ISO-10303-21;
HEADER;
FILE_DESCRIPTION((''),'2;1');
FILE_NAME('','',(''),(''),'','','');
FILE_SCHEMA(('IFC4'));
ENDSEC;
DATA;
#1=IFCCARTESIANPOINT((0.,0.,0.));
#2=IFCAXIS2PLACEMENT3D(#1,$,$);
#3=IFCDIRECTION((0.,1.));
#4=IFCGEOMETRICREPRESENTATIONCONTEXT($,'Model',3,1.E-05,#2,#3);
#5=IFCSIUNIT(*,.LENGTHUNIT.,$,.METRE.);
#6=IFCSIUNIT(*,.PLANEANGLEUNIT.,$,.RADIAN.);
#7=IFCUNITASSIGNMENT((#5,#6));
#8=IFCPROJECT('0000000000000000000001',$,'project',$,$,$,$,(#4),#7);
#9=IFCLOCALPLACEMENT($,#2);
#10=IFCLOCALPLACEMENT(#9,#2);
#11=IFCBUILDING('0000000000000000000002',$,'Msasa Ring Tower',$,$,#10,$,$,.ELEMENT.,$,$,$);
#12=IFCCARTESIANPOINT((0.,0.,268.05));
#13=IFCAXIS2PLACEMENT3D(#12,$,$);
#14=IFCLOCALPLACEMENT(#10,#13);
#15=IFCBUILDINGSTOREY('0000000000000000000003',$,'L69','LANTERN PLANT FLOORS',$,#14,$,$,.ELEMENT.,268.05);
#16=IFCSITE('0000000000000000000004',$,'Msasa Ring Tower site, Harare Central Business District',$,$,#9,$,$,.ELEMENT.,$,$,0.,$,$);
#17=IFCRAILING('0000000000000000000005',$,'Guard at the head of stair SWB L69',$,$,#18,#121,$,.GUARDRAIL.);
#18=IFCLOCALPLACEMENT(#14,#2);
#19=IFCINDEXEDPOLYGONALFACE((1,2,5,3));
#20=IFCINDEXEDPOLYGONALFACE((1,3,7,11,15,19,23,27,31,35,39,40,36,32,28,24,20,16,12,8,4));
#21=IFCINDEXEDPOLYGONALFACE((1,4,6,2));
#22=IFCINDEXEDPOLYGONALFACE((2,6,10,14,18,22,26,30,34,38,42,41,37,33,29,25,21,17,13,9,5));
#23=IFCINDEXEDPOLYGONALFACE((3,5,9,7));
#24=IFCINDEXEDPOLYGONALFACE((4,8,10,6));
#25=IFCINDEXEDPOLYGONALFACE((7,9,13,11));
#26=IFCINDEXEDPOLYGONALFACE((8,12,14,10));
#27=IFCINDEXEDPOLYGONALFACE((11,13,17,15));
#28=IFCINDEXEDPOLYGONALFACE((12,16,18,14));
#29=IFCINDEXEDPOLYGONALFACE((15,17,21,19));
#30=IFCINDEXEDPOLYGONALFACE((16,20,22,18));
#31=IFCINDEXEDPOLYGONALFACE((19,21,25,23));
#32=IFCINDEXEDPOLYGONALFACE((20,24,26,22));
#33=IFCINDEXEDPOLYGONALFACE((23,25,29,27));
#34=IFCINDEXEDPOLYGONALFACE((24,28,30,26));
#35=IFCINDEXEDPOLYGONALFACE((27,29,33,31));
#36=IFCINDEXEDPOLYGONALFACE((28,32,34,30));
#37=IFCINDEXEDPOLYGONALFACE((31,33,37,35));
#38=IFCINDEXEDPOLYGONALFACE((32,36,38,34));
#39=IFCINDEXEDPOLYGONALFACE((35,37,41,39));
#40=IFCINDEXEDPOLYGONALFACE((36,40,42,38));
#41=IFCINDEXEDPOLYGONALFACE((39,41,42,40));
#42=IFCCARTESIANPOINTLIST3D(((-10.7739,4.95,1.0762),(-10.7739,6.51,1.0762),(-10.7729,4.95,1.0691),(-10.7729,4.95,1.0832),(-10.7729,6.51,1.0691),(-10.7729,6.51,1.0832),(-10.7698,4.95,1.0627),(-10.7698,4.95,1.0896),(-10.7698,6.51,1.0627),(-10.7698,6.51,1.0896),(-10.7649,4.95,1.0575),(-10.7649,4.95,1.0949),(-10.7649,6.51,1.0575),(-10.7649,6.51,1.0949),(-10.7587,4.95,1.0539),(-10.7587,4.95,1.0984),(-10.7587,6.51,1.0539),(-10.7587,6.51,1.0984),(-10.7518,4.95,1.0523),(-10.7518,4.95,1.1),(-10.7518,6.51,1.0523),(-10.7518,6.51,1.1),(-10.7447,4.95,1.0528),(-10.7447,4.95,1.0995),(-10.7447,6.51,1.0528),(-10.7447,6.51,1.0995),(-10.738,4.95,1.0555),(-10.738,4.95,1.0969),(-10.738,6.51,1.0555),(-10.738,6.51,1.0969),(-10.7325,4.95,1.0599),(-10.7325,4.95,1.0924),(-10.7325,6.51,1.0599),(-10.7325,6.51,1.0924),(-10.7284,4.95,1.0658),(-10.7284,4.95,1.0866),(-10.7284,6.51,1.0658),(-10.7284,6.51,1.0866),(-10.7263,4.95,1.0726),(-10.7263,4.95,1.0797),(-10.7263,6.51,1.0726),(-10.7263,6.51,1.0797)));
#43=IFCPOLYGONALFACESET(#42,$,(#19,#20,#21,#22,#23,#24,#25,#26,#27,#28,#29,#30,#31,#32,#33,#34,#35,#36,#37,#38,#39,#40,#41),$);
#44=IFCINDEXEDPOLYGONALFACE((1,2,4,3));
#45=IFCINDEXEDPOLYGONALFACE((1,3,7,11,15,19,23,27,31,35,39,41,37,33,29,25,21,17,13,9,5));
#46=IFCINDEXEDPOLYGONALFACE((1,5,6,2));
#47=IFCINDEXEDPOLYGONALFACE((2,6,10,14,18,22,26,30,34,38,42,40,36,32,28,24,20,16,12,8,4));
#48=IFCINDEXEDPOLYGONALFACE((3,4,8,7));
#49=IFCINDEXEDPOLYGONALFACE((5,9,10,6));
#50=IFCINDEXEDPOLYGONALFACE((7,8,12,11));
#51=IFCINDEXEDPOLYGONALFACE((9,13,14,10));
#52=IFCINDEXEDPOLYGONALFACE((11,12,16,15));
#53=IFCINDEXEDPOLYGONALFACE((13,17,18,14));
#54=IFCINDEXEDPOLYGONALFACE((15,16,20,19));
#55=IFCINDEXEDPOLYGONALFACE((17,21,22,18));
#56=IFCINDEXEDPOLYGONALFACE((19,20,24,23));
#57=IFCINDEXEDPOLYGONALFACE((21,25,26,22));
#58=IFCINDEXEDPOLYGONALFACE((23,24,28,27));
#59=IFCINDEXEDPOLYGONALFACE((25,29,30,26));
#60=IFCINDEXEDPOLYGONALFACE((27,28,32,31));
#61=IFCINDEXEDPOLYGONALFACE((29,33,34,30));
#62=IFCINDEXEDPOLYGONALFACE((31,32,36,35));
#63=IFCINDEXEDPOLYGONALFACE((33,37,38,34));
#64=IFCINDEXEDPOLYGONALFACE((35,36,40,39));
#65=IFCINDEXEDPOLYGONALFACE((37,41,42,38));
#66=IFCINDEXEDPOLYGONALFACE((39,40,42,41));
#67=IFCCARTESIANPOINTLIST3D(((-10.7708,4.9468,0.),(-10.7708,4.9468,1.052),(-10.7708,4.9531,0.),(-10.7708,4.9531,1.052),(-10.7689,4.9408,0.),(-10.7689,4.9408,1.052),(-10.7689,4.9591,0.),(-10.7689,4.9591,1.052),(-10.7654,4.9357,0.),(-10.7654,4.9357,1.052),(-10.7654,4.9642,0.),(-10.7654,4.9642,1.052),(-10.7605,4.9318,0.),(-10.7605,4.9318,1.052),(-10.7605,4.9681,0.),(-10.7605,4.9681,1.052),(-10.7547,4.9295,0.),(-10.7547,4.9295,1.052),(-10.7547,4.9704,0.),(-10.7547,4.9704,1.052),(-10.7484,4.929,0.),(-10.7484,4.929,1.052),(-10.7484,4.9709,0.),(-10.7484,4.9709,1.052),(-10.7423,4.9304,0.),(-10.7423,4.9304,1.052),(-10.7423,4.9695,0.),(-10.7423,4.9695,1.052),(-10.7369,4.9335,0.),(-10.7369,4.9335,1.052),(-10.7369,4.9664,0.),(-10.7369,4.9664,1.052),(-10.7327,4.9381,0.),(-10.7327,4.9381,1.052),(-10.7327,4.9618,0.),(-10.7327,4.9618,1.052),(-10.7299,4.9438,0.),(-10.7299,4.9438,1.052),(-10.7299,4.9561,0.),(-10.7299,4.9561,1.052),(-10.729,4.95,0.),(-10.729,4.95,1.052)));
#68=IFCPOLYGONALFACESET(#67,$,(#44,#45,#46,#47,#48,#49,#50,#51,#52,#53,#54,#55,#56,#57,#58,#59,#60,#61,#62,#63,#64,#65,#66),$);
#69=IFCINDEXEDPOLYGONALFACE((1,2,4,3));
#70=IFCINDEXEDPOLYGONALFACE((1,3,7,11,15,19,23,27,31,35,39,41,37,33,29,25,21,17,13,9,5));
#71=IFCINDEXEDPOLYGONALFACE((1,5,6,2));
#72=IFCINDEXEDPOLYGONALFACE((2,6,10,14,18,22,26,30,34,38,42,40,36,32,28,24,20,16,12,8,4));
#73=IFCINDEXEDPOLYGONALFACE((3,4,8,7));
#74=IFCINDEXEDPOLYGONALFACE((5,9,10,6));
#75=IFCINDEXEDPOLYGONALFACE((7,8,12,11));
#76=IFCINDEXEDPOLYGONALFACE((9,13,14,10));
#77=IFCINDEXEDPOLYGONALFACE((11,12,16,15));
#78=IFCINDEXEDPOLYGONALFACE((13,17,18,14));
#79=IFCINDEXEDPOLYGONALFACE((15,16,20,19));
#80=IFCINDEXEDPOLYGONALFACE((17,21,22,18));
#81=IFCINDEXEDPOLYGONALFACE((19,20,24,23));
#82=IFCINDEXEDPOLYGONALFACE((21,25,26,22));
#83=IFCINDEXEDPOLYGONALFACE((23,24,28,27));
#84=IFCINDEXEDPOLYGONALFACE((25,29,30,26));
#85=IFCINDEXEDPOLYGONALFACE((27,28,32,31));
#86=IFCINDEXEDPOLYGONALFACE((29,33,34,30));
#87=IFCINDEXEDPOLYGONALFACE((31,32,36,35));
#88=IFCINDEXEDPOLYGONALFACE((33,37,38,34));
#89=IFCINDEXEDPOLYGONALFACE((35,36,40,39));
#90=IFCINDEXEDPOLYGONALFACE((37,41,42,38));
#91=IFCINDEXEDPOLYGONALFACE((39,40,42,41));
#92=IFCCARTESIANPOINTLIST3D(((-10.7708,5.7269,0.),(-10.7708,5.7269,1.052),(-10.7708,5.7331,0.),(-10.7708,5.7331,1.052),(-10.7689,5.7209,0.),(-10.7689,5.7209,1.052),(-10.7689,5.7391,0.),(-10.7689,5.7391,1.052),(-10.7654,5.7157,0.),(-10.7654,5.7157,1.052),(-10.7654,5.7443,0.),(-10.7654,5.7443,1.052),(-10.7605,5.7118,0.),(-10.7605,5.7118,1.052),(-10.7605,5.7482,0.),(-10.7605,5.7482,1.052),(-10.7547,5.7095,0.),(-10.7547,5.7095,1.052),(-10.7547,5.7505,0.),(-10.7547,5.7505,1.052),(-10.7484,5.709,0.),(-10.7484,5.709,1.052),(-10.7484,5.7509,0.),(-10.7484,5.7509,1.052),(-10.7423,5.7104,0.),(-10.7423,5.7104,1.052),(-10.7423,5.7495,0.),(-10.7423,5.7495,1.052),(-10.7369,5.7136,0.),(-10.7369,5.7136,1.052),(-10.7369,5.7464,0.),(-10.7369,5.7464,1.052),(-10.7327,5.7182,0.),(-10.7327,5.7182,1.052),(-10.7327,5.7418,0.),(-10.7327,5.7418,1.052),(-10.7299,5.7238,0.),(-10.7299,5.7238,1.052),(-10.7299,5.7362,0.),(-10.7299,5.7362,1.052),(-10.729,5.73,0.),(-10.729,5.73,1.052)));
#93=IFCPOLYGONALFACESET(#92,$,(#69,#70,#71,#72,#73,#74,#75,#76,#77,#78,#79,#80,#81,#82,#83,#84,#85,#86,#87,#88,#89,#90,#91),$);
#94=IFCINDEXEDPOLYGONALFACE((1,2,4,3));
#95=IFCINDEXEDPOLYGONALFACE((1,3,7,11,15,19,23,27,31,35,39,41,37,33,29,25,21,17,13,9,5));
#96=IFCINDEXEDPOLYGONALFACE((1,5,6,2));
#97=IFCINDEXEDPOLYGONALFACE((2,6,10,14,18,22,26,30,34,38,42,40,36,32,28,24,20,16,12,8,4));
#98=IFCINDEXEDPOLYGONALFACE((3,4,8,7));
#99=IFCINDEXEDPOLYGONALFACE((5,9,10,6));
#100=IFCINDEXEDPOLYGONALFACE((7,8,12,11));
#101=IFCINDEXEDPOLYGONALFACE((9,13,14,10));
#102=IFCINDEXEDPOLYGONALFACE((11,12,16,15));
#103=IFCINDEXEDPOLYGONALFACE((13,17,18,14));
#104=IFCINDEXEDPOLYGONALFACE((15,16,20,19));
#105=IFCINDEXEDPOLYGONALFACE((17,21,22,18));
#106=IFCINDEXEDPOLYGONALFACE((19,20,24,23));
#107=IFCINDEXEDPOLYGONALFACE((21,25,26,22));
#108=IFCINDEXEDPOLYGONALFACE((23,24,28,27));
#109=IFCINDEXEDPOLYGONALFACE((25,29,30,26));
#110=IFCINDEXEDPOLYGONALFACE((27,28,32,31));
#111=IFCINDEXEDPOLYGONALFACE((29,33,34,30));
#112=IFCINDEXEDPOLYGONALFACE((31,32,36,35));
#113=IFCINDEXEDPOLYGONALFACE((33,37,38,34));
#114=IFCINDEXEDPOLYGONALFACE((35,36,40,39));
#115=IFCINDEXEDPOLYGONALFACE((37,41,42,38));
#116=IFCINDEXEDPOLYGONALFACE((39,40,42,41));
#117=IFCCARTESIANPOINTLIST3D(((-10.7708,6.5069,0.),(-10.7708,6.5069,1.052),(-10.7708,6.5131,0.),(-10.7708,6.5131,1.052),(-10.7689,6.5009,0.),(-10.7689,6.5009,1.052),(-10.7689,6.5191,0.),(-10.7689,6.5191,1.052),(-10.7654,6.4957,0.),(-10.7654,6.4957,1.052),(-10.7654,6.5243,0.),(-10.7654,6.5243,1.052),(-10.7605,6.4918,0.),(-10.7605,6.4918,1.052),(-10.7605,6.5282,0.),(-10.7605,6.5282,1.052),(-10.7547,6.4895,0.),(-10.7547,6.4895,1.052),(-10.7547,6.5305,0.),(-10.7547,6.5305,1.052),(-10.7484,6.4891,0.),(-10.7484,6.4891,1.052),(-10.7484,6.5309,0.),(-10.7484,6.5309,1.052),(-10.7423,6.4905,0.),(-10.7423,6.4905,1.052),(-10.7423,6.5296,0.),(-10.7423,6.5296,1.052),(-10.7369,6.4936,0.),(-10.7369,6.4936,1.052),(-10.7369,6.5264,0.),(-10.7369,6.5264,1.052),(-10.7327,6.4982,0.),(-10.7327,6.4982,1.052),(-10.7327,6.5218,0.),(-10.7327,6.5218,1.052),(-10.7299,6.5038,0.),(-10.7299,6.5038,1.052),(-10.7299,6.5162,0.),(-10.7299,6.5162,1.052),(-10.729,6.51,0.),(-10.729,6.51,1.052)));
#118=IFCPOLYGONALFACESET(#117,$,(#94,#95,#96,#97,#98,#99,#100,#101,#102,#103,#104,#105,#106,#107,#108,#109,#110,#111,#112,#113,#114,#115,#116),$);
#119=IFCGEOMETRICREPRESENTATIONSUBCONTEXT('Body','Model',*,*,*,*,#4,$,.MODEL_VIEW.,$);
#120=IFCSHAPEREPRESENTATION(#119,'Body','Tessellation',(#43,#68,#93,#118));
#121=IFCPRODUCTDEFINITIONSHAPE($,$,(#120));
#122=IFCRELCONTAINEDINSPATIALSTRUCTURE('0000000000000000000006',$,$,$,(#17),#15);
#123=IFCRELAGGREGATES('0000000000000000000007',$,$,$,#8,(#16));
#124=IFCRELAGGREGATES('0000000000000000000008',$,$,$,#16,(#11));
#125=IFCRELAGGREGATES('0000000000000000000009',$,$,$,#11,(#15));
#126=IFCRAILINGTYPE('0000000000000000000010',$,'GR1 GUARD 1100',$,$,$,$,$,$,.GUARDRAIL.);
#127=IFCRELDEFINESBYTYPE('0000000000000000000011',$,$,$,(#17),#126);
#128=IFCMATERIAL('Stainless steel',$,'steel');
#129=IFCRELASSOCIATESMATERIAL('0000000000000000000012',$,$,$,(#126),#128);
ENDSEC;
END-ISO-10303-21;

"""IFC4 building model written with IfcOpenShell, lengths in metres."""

from ifc_helpers import new_model, si_unit, direction, frame, origin, origin_2d, place, context, subcontext, project, spatial, circle, extrude, material, type_object, element, save


model = new_model("IFC4")

# Units and contexts
model_context = context("Model", 3, precision=1e-05, world=origin(), true_north=direction((0.0, 1.0)))
body_context = subcontext(model_context, "Body", "Model", "MODEL_VIEW")
ifc_project = project(units=[si_unit("LENGTHUNIT", "METRE"), si_unit("PLANEANGLEUNIT", "RADIAN")], contexts=[model_context])

# Site, building, storey
site_placement = place(None, origin())
site = spatial("IfcSite", under=ifc_project, at=site_placement, Name="Msasa Ring Tower site, Harare Central Business District", CompositionType="ELEMENT", RefElevation=0.0)
building_placement = place(site_placement, origin())
building = spatial("IfcBuilding", under=site, at=building_placement, Name="Msasa Ring Tower", CompositionType="ELEMENT")
storey_placement = place(building_placement, frame((0.0, 0.0, 268.05)))
storey = spatial("IfcBuildingStorey", under=building, at=storey_placement, Name="L69", Description="LANTERN PLANT FLOORS", CompositionType="ELEMENT", Elevation=268.05)

# Railing
ifc_material_1 = material(Name="Stainless steel", Category="steel")
railing_type = type_object("IfcRailingType", Name="GR1 GUARD 1100", PredefinedType="GUARDRAIL", material=ifc_material_1)
railing_placement = place(storey_placement, frame((-10.75, 4.95, 0.0)))
element("IfcRailing", 1, at=railing_placement, inside=storey, type_object=railing_type, Name="Guard at the head of stair SWB L69", PredefinedType="GUARDRAIL", context=body_context, shape_type="SweptSolid", body=[
    extrude(circle(Radius=0.0239, at=origin_2d()), frame((0.0, 0.0, 1.0762), z_axis=(0.0, 1.0, 0.0), x_axis=(-1.0, 0.0, 0.0)), (0.0, 0.0, 1.0), 1.5601),
    extrude(circle(Radius=0.021, at=origin_2d()), origin(), (0.0, 0.0, 1.0), 1.052),
    extrude(circle(Radius=0.021, at=origin_2d()), frame((0.0, 0.78, 0.0)), (0.0, 0.0, 1.0), 1.052),
    extrude(circle(Radius=0.021, at=origin_2d()), frame((0.0, 1.5601, 0.0)), (0.0, 0.0, 1.0), 1.052),
])

save(model, "model.ifc")
